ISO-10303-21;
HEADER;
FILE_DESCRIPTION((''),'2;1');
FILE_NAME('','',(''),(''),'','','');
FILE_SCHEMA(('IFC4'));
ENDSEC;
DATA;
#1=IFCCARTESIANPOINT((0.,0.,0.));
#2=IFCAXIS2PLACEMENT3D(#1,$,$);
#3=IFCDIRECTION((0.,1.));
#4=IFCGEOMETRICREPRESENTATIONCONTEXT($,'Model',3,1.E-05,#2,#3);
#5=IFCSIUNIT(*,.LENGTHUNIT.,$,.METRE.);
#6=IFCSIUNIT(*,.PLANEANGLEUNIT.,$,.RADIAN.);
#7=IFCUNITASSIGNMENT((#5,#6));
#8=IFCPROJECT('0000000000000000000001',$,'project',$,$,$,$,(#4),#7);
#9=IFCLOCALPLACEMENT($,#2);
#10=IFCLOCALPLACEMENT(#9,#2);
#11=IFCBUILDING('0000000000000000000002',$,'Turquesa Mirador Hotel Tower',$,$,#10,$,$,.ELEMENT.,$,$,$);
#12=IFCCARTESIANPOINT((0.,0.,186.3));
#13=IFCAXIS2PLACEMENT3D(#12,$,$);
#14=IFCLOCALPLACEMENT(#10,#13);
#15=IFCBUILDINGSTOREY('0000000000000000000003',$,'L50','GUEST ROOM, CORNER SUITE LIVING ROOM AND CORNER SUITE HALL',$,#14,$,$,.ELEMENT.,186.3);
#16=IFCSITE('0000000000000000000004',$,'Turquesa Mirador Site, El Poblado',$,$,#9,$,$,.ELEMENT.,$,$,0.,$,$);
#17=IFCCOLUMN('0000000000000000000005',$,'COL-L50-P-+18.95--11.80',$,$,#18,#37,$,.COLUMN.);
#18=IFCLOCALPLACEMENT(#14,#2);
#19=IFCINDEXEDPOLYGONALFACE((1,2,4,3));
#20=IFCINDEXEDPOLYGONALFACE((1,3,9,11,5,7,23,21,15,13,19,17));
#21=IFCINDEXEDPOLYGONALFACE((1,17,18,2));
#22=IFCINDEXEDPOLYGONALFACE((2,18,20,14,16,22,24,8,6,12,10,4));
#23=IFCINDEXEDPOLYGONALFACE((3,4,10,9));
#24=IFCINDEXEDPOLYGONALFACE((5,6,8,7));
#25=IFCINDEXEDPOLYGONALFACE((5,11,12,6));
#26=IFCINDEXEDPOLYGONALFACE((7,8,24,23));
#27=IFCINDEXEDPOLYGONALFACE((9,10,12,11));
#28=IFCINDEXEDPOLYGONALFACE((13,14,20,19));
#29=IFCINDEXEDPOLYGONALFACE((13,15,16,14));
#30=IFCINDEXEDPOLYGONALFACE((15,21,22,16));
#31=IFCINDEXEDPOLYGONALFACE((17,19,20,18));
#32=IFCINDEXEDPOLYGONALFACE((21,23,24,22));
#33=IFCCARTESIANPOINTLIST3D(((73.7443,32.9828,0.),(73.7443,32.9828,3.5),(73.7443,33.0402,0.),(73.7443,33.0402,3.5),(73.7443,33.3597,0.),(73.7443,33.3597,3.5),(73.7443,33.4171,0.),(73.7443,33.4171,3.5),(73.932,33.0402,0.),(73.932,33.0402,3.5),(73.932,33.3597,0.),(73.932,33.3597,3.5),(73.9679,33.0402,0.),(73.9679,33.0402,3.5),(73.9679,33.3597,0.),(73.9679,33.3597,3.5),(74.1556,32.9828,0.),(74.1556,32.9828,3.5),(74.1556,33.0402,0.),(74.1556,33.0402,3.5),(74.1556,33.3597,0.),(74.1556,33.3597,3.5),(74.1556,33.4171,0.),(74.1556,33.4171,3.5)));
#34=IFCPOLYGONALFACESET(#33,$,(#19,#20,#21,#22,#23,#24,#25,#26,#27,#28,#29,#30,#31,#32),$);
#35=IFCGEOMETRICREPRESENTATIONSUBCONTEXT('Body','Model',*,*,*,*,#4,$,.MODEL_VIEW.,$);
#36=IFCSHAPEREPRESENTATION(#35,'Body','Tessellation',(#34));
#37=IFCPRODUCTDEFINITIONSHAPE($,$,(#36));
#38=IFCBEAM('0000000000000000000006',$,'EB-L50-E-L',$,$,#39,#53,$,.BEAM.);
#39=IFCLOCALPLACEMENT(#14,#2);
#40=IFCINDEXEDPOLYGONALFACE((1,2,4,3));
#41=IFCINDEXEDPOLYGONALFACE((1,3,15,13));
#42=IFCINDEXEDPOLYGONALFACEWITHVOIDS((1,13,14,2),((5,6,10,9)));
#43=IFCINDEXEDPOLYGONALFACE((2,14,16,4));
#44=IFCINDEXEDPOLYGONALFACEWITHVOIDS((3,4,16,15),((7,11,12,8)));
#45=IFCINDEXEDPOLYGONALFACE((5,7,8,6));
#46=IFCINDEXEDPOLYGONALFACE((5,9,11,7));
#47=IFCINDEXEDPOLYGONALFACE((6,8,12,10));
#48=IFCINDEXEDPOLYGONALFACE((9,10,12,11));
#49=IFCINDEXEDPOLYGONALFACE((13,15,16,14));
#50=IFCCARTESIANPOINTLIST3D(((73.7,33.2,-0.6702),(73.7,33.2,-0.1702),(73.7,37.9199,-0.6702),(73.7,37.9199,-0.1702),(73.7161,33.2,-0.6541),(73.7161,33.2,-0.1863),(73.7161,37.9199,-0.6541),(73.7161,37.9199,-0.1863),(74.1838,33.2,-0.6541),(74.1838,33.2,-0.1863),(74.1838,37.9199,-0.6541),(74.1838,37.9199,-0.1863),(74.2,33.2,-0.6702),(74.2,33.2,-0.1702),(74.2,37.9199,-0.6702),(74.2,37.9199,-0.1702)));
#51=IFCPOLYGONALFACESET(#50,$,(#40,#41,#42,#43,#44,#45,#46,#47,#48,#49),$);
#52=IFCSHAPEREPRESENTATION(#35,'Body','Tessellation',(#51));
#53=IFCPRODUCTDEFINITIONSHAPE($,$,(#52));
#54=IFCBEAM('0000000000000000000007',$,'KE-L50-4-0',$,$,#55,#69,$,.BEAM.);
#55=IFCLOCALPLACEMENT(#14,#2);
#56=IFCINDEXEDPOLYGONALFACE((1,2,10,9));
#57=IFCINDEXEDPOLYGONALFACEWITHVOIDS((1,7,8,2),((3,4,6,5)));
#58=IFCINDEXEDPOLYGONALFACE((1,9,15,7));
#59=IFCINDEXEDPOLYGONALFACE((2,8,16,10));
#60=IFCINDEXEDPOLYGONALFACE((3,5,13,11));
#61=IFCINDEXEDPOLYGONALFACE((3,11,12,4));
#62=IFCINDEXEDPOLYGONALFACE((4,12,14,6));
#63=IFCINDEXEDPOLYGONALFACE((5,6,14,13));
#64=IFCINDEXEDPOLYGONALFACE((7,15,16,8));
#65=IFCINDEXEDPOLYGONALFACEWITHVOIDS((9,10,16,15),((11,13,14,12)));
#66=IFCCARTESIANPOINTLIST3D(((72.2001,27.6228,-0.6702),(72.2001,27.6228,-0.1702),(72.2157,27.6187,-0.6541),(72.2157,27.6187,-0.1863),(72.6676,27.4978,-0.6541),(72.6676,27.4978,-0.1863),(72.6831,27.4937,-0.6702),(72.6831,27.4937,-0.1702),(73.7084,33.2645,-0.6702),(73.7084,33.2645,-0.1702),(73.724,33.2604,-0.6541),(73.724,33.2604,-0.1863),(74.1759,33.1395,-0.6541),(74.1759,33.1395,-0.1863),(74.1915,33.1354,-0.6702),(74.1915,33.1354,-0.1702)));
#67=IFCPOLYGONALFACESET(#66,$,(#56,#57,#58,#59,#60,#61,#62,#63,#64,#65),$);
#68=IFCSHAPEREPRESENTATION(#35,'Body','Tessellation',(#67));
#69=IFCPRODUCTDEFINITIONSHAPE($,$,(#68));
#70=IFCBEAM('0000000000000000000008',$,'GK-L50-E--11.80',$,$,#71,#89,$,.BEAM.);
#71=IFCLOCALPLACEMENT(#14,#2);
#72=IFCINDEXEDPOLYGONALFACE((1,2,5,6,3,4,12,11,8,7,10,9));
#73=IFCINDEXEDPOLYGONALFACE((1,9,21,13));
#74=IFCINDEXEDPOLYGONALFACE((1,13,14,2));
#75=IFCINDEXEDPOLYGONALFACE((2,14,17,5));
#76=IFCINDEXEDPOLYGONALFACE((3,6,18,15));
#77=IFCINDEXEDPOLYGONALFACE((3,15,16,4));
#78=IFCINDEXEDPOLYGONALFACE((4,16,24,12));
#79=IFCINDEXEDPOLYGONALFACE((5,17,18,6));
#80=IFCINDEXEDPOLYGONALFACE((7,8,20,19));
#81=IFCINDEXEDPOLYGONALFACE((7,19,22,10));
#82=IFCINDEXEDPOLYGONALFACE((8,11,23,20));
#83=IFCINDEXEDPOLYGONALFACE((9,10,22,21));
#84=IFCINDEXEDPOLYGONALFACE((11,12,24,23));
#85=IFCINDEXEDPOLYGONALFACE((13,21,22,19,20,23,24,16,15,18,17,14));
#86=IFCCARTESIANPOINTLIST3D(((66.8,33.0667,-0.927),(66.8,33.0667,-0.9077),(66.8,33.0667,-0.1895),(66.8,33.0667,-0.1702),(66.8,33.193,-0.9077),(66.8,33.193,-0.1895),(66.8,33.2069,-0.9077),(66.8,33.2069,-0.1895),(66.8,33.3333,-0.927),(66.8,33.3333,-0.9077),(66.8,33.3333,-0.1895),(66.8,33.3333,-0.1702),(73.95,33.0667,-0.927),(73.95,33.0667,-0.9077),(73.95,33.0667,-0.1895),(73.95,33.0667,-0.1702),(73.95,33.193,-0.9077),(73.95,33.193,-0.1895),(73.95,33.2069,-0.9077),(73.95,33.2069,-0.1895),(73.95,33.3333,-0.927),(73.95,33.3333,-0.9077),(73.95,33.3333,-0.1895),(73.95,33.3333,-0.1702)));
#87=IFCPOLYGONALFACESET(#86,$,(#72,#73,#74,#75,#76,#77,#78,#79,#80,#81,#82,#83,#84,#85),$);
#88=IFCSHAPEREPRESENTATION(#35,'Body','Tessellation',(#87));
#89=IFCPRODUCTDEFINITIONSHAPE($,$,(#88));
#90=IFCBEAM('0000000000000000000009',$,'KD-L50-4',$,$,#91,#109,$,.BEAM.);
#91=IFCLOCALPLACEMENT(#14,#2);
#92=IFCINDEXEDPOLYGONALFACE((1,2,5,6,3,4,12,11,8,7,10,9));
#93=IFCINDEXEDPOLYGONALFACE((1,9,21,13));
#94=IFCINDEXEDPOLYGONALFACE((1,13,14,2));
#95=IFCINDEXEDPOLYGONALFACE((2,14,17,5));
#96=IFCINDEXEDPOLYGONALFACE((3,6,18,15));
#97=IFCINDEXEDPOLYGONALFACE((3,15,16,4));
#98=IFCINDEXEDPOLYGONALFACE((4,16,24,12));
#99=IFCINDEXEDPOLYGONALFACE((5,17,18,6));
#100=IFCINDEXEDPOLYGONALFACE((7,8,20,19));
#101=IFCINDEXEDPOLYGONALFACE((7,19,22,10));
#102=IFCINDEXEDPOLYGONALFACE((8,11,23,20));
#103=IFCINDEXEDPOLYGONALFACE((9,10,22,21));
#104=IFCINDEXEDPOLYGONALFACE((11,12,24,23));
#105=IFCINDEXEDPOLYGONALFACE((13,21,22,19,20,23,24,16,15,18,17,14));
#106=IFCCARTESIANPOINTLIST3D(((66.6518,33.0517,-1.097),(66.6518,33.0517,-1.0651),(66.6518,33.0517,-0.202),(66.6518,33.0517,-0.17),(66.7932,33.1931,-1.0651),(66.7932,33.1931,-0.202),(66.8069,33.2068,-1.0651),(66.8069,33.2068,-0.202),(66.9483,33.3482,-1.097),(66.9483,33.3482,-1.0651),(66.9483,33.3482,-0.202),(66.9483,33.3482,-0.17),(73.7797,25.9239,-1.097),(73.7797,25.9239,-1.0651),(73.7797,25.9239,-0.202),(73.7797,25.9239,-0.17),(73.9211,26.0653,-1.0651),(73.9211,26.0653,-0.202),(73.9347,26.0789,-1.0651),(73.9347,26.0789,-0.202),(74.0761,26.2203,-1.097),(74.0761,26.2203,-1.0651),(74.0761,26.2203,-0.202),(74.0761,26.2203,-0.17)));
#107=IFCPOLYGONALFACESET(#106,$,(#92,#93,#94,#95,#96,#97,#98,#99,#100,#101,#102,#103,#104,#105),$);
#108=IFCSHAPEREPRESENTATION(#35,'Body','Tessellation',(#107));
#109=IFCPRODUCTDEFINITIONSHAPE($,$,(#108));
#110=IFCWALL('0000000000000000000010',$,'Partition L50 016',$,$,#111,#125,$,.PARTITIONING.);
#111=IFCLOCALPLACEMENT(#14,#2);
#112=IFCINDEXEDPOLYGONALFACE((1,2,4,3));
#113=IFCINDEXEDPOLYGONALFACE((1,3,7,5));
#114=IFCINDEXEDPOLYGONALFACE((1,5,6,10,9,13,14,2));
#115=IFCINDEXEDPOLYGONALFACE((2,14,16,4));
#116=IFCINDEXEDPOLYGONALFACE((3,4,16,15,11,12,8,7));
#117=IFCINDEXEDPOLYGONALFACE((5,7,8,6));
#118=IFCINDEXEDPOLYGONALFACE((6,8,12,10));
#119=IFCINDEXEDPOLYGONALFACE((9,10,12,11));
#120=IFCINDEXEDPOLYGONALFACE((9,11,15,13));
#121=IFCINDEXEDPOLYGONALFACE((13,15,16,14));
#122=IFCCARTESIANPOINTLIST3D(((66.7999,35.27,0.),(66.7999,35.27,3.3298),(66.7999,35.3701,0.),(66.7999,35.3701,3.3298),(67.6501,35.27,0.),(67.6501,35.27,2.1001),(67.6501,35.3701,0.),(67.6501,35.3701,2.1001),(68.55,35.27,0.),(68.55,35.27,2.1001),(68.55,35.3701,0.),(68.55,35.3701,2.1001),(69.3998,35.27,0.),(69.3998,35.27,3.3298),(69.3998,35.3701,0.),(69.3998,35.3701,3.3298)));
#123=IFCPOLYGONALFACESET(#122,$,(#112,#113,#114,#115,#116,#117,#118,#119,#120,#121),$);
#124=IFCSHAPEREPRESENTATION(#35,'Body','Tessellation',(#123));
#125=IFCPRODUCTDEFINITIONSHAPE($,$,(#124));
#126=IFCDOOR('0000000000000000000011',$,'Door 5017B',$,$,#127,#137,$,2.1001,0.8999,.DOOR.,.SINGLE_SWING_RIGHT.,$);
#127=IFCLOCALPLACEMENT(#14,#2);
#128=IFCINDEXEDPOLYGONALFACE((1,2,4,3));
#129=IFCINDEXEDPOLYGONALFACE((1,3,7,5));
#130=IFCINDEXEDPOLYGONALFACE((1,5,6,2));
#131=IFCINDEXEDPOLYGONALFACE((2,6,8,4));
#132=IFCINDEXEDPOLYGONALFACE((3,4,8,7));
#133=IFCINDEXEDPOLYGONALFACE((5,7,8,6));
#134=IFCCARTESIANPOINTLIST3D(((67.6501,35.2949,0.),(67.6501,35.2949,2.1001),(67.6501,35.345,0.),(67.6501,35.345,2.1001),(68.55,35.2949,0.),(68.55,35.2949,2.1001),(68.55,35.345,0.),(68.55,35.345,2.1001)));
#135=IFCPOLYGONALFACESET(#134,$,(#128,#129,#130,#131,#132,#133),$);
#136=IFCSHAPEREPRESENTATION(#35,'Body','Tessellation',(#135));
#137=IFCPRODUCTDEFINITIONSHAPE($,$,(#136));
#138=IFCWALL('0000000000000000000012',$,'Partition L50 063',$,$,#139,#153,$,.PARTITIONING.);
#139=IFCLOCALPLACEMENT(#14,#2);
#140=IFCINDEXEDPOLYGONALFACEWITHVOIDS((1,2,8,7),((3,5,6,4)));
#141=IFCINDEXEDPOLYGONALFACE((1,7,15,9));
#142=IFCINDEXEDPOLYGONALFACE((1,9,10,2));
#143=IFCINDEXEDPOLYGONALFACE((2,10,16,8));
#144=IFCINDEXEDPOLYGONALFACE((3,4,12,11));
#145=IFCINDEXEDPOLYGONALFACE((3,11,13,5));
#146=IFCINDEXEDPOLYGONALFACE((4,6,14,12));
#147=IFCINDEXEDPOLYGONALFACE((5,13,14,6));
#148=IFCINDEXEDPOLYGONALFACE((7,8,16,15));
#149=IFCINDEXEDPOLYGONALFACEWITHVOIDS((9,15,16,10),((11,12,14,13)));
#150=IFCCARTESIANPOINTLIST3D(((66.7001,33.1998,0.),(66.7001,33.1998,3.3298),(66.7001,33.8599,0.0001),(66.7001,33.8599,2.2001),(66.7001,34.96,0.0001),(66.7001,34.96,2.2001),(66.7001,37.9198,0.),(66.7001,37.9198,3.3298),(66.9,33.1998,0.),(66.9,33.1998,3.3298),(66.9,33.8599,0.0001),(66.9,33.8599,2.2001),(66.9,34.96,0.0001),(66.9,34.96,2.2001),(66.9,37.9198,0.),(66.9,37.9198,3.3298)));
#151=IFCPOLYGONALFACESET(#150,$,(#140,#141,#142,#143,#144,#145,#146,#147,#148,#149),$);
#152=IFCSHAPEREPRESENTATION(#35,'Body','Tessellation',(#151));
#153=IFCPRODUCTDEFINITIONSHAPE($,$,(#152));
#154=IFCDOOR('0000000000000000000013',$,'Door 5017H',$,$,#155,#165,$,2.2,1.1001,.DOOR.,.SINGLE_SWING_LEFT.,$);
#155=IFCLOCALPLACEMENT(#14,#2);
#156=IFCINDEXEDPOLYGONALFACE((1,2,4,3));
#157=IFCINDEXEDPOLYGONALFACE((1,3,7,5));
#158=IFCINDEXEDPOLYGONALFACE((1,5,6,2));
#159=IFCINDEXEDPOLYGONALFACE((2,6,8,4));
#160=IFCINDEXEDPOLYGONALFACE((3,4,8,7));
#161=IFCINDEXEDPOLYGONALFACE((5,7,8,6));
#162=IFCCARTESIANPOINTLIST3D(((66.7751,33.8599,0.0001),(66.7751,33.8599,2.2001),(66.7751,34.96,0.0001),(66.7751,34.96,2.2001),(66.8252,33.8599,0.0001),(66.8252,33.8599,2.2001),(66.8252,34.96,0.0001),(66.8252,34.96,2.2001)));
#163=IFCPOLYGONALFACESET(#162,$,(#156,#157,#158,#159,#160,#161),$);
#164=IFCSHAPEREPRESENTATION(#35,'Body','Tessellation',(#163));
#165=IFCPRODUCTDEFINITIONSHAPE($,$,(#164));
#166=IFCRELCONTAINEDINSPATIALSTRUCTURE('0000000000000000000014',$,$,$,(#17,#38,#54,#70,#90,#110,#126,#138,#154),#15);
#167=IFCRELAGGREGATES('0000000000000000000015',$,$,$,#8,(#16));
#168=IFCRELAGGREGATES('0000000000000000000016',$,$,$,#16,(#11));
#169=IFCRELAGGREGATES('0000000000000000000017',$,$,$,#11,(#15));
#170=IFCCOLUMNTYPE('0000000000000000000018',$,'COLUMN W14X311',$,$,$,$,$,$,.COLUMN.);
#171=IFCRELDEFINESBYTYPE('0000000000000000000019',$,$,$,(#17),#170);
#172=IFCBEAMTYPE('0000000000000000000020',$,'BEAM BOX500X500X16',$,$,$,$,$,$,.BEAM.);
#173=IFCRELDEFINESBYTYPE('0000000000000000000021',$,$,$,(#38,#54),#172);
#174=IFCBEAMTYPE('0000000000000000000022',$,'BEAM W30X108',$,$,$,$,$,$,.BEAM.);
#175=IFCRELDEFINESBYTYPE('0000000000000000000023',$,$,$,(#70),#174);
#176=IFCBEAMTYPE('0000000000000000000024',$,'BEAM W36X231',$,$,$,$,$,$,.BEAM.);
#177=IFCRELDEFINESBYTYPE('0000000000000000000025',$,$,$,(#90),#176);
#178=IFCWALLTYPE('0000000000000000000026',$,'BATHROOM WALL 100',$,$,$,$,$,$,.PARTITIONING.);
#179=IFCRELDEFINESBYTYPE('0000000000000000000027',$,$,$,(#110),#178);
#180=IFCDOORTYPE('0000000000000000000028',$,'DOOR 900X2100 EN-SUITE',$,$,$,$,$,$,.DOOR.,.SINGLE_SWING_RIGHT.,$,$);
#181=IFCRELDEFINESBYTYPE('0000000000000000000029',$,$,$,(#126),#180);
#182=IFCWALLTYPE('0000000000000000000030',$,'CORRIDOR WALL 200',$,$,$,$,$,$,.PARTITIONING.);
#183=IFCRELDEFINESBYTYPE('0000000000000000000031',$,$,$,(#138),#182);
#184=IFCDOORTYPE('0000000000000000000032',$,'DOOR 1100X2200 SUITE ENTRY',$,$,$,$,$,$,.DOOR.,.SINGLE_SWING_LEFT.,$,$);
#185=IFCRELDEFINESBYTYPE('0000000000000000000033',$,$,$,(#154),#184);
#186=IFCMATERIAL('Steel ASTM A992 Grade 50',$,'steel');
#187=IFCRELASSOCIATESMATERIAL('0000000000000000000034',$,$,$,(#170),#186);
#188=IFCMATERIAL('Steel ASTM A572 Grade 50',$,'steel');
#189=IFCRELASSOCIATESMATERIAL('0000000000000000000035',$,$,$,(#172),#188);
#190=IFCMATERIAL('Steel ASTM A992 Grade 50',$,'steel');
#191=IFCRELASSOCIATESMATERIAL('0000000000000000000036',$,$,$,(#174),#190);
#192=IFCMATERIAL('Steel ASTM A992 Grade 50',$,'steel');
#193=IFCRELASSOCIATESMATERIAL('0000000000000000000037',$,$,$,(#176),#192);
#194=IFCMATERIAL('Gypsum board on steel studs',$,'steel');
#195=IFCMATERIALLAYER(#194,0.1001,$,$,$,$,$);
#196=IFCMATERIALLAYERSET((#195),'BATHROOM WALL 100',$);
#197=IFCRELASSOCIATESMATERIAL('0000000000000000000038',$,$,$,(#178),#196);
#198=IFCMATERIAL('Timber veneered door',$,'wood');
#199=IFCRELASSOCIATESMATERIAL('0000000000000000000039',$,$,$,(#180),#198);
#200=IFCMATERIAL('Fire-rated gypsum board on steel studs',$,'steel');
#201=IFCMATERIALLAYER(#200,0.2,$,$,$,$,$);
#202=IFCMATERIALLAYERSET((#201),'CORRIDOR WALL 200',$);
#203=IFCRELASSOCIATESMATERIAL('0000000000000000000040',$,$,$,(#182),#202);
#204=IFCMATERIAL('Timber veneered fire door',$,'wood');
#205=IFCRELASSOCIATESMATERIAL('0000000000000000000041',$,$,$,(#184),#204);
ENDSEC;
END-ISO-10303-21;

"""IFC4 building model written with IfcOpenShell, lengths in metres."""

from ifc_helpers import new_model, si_unit, direction, frame, frame_2d, origin, origin_2d, place, context, subcontext, project, spatial, rectangle, hollow_rectangle, i_section, extrude, material, layer, layer_set, material_profile, profile_set, type_object, element, fill, save


model = new_model("IFC4")

# Units and contexts
model_context = context("Model", 3, precision=1e-05, world=origin(), true_north=direction((0.0, 1.0)))
body_context = subcontext(model_context, "Body", "Model", "MODEL_VIEW")
ifc_project = project(units=[si_unit("LENGTHUNIT", "METRE"), si_unit("PLANEANGLEUNIT", "RADIAN")], contexts=[model_context])

# Site, building, storey
site_placement = place(None, origin())
site = spatial("IfcSite", under=ifc_project, at=site_placement, Name="Turquesa Mirador Site, El Poblado", CompositionType="ELEMENT", RefElevation=0.0)
building_placement = place(site_placement, origin())
building = spatial("IfcBuilding", under=site, at=building_placement, Name="Turquesa Mirador Hotel Tower", CompositionType="ELEMENT")
storey_placement = place(building_placement, frame((0.0, 0.0, 186.3)))
storey = spatial("IfcBuildingStorey", under=building, at=storey_placement, Name="L50", Description="GUEST ROOM, CORNER SUITE LIVING ROOM AND CORNER SUITE HALL", CompositionType="ELEMENT", Elevation=186.3)

# Column
ifc_material_1 = material(Name="Steel ASTM A992 Grade 50", Category="steel")
ifc_material_profile_1 = material_profile(ifc_material_1, i_section(OverallWidth=0.4114, OverallDepth=0.4343, WebThickness=0.0359, FlangeThickness=0.0574, at=origin_2d()), Name="W14X311")
ifc_profile_set_1 = profile_set([ifc_material_profile_1], Name="Steel ASTM A992 Grade 50")
column_type = type_object("IfcColumnType", Name="COLUMN W14X311", PredefinedType="COLUMN", material=ifc_profile_set_1)
column_placement = place(storey_placement, frame((73.95, 33.2, 0.0), z_axis=(0.0, 0.0, 1.0), x_axis=(1.0, 0.0, 0.0)))
element("IfcColumn", 1, at=column_placement, inside=storey, type_object=column_type, Name="COL-L50-P-+18.95--11.80", PredefinedType="COLUMN", context=body_context, shape_type="SweptSolid", body=[
    extrude(i_section(OverallWidth=0.4114, OverallDepth=0.4343, WebThickness=0.0359, FlangeThickness=0.0574, at=origin_2d()), origin(), (0.0, 0.0, 1.0), 3.5),
])

# Beams
ifc_material_2 = material(Name="Steel ASTM A572 Grade 50", Category="steel")
ifc_material_profile_2 = material_profile(ifc_material_2, hollow_rectangle(XDim=0.5, YDim=0.5, WallThickness=0.0161, at=origin_2d()), Name="BOX500X500X16")
ifc_profile_set_2 = profile_set([ifc_material_profile_2], Name="Steel ASTM A572 Grade 50")
beam_type_1 = type_object("IfcBeamType", Name="BEAM BOX500X500X16", PredefinedType="BEAM", material=ifc_profile_set_2)
beam_1_placement = place(storey_placement, frame((73.95, 33.2, -0.4202), z_axis=(0.0, 1.0, 0.0), x_axis=(-1.0, 0.0, 0.0)))
element("IfcBeam", 2, at=beam_1_placement, inside=storey, type_object=beam_type_1, Name="EB-L50-E-L", PredefinedType="BEAM", context=body_context, shape_type="SweptSolid", body=[
    extrude(hollow_rectangle(XDim=0.5, YDim=0.5, WallThickness=0.0161, at=origin_2d()), origin(), (0.0, 0.0, 1.0), 4.72),
])
beam_2_placement = place(storey_placement, frame((73.95, 33.2, -0.4202), z_axis=(-0.258282, -0.96607, 0.0), x_axis=(0.96607, -0.258282, 0.0)))
element("IfcBeam", 3, at=beam_2_placement, inside=storey, type_object=beam_type_1, Name="KE-L50-4-0", PredefinedType="BEAM", context=body_context, shape_type="SweptSolid", body=[
    extrude(hollow_rectangle(XDim=0.5, YDim=0.5, WallThickness=0.0161, at=origin_2d()), origin(), (0.0, 0.0, 1.0), 5.8398),
])
ifc_material_3 = material(Name="Steel ASTM A992 Grade 50", Category="steel")
ifc_material_profile_3 = material_profile(ifc_material_3, i_section(OverallWidth=0.2666, OverallDepth=0.7568, WebThickness=0.0139, FlangeThickness=0.0193, at=origin_2d()), Name="W30X108")
ifc_profile_set_3 = profile_set([ifc_material_profile_3], Name="Steel ASTM A992 Grade 50")
beam_type_2 = type_object("IfcBeamType", Name="BEAM W30X108", PredefinedType="BEAM", material=ifc_profile_set_3)
beam_3_placement = place(storey_placement, frame((73.95, 33.2, -0.5486), z_axis=(-1.0, 0.0, 0.0), x_axis=(0.0, -1.0, 0.0)))
element("IfcBeam", 4, at=beam_3_placement, inside=storey, type_object=beam_type_2, Name="GK-L50-E--11.80", PredefinedType="BEAM", context=body_context, shape_type="SweptSolid", body=[
    extrude(i_section(OverallWidth=0.2666, OverallDepth=0.7568, WebThickness=0.0139, FlangeThickness=0.0193, at=origin_2d()), origin(), (0.0, 0.0, 1.0), 7.1499),
])
ifc_material_4 = material(Name="Steel ASTM A992 Grade 50", Category="steel")
ifc_material_profile_4 = material_profile(ifc_material_4, i_section(OverallWidth=0.4192, OverallDepth=0.927, WebThickness=0.0193, FlangeThickness=0.032, at=origin_2d()), Name="W36X231")
ifc_profile_set_4 = profile_set([ifc_material_profile_4], Name="Steel ASTM A992 Grade 50")
beam_type_3 = type_object("IfcBeamType", Name="BEAM W36X231", PredefinedType="BEAM", material=ifc_profile_set_4)
beam_4_placement = place(storey_placement, frame((66.8, 33.2, -0.6335), z_axis=(0.707107, -0.707107, 0.0), x_axis=(0.707107, 0.707107, 0.0)))
element("IfcBeam", 5, at=beam_4_placement, inside=storey, type_object=beam_type_3, Name="KD-L50-4", PredefinedType="BEAM", context=body_context, shape_type="SweptSolid", body=[
    extrude(i_section(OverallWidth=0.4192, OverallDepth=0.927, WebThickness=0.0193, FlangeThickness=0.032, at=origin_2d()), origin(), (0.0, 0.0, 1.0), 10.0803),
])

# Walls, openings, doors
ifc_material_5 = material(Name="Gypsum board on steel studs", Category="steel")
ifc_layer_1 = layer(ifc_material_5, 0.1001)
ifc_layer_set_1 = layer_set([ifc_layer_1], Name="BATHROOM WALL 100")
wall_type_1 = type_object("IfcWallType", Name="BATHROOM WALL 100", PredefinedType="PARTITIONING", material=ifc_layer_set_1)
wall_1_placement = place(storey_placement, frame((66.8, 35.3201, 0.0), z_axis=(0.0, 0.0, 1.0), x_axis=(1.0, 0.0, 0.0)))
wall_1 = element("IfcWall", 6, at=wall_1_placement, inside=storey, type_object=wall_type_1, Name="Partition L50 016", PredefinedType="PARTITIONING", context=body_context, shape_type="SweptSolid", body=[
    extrude(rectangle(XDim=2.5999, YDim=0.1001, at=frame_2d((1.2998, 0.0))), origin(), (0.0, 0.0, 1.0), 3.3298),
])
opening_1_placement = place(wall_1_placement, frame((0.8501, 0.0, 0.0)))
opening_1 = element("IfcOpeningElement", 7, at=opening_1_placement, cuts=wall_1, PredefinedType="OPENING", context=body_context, shape_type="SweptSolid", body=[
    extrude(rectangle(XDim=0.8999, YDim=2.1001, at=frame_2d((0.45, 1.05))), frame((0.0, 0.0601, 0.0), z_axis=(0.0, -1.0, 0.0), x_axis=(1.0, 0.0, 0.0)), (0.0, 0.0, 1.0), 0.1201),
])
ifc_material_6 = material(Name="Timber veneered door", Category="wood")
door_type_1 = type_object("IfcDoorType", Name="DOOR 900X2100 EN-SUITE", OperationType="SINGLE_SWING_RIGHT", PredefinedType="DOOR", material=ifc_material_6)
door_1_placement = place(opening_1_placement, origin())
door_1 = element("IfcDoor", 8, at=door_1_placement, inside=storey, type_object=door_type_1, Name="Door 5017B", OperationType="SINGLE_SWING_RIGHT", OverallHeight=2.1001, OverallWidth=0.8999, PredefinedType="DOOR", context=body_context, shape_type="SweptSolid", body=[
    extrude(rectangle(XDim=0.8999, YDim=2.1001, at=frame_2d((0.45, 1.05))), frame((0.0, 0.0249, 0.0), z_axis=(0.0, -1.0, 0.0), x_axis=(1.0, 0.0, 0.0)), (0.0, 0.0, 1.0), 0.05),
])
fill(opening_1, door_1)
ifc_material_7 = material(Name="Fire-rated gypsum board on steel studs", Category="steel")
ifc_layer_2 = layer(ifc_material_7, 0.2)
ifc_layer_set_2 = layer_set([ifc_layer_2], Name="CORRIDOR WALL 200")
wall_type_2 = type_object("IfcWallType", Name="CORRIDOR WALL 200", PredefinedType="PARTITIONING", material=ifc_layer_set_2)
wall_2_placement = place(storey_placement, frame((66.8, 33.2, 0.0), z_axis=(0.0, 0.0, 1.0), x_axis=(0.0, 1.0, 0.0)))
wall_2 = element("IfcWall", 9, at=wall_2_placement, inside=storey, type_object=wall_type_2, Name="Partition L50 063", PredefinedType="PARTITIONING", context=body_context, shape_type="SweptSolid", body=[
    extrude(rectangle(XDim=4.72, YDim=0.2, at=frame_2d((2.3599, 0.0))), origin(), (0.0, 0.0, 1.0), 3.3298),
])
opening_2_placement = place(wall_2_placement, frame((0.6599, 0.0, 0.0)))
opening_2 = element("IfcOpeningElement", 10, at=opening_2_placement, cuts=wall_2, PredefinedType="OPENING", context=body_context, shape_type="SweptSolid", body=[
    extrude(rectangle(XDim=1.1001, YDim=2.2, at=frame_2d((0.55, 1.1001))), frame((0.0, 0.1099, 0.0), z_axis=(0.0, -1.0, 0.0), x_axis=(1.0, 0.0, 0.0)), (0.0, 0.0, 1.0), 0.22),
])
ifc_material_8 = material(Name="Timber veneered fire door", Category="wood")
door_type_2 = type_object("IfcDoorType", Name="DOOR 1100X2200 SUITE ENTRY", OperationType="SINGLE_SWING_LEFT", PredefinedType="DOOR", material=ifc_material_8)
door_2_placement = place(opening_2_placement, origin())
door_2 = element("IfcDoor", 11, at=door_2_placement, inside=storey, type_object=door_type_2, Name="Door 5017H", OperationType="SINGLE_SWING_LEFT", OverallHeight=2.2, OverallWidth=1.1001, PredefinedType="DOOR", context=body_context, shape_type="SweptSolid", body=[
    extrude(rectangle(XDim=1.1001, YDim=2.2, at=frame_2d((0.55, 1.1001))), frame((0.0, 0.0249, 0.0), z_axis=(0.0, -1.0, 0.0), x_axis=(1.0, 0.0, 0.0)), (0.0, 0.0, 1.0), 0.05),
])
fill(opening_2, door_2)

save(model, "model.ifc")
